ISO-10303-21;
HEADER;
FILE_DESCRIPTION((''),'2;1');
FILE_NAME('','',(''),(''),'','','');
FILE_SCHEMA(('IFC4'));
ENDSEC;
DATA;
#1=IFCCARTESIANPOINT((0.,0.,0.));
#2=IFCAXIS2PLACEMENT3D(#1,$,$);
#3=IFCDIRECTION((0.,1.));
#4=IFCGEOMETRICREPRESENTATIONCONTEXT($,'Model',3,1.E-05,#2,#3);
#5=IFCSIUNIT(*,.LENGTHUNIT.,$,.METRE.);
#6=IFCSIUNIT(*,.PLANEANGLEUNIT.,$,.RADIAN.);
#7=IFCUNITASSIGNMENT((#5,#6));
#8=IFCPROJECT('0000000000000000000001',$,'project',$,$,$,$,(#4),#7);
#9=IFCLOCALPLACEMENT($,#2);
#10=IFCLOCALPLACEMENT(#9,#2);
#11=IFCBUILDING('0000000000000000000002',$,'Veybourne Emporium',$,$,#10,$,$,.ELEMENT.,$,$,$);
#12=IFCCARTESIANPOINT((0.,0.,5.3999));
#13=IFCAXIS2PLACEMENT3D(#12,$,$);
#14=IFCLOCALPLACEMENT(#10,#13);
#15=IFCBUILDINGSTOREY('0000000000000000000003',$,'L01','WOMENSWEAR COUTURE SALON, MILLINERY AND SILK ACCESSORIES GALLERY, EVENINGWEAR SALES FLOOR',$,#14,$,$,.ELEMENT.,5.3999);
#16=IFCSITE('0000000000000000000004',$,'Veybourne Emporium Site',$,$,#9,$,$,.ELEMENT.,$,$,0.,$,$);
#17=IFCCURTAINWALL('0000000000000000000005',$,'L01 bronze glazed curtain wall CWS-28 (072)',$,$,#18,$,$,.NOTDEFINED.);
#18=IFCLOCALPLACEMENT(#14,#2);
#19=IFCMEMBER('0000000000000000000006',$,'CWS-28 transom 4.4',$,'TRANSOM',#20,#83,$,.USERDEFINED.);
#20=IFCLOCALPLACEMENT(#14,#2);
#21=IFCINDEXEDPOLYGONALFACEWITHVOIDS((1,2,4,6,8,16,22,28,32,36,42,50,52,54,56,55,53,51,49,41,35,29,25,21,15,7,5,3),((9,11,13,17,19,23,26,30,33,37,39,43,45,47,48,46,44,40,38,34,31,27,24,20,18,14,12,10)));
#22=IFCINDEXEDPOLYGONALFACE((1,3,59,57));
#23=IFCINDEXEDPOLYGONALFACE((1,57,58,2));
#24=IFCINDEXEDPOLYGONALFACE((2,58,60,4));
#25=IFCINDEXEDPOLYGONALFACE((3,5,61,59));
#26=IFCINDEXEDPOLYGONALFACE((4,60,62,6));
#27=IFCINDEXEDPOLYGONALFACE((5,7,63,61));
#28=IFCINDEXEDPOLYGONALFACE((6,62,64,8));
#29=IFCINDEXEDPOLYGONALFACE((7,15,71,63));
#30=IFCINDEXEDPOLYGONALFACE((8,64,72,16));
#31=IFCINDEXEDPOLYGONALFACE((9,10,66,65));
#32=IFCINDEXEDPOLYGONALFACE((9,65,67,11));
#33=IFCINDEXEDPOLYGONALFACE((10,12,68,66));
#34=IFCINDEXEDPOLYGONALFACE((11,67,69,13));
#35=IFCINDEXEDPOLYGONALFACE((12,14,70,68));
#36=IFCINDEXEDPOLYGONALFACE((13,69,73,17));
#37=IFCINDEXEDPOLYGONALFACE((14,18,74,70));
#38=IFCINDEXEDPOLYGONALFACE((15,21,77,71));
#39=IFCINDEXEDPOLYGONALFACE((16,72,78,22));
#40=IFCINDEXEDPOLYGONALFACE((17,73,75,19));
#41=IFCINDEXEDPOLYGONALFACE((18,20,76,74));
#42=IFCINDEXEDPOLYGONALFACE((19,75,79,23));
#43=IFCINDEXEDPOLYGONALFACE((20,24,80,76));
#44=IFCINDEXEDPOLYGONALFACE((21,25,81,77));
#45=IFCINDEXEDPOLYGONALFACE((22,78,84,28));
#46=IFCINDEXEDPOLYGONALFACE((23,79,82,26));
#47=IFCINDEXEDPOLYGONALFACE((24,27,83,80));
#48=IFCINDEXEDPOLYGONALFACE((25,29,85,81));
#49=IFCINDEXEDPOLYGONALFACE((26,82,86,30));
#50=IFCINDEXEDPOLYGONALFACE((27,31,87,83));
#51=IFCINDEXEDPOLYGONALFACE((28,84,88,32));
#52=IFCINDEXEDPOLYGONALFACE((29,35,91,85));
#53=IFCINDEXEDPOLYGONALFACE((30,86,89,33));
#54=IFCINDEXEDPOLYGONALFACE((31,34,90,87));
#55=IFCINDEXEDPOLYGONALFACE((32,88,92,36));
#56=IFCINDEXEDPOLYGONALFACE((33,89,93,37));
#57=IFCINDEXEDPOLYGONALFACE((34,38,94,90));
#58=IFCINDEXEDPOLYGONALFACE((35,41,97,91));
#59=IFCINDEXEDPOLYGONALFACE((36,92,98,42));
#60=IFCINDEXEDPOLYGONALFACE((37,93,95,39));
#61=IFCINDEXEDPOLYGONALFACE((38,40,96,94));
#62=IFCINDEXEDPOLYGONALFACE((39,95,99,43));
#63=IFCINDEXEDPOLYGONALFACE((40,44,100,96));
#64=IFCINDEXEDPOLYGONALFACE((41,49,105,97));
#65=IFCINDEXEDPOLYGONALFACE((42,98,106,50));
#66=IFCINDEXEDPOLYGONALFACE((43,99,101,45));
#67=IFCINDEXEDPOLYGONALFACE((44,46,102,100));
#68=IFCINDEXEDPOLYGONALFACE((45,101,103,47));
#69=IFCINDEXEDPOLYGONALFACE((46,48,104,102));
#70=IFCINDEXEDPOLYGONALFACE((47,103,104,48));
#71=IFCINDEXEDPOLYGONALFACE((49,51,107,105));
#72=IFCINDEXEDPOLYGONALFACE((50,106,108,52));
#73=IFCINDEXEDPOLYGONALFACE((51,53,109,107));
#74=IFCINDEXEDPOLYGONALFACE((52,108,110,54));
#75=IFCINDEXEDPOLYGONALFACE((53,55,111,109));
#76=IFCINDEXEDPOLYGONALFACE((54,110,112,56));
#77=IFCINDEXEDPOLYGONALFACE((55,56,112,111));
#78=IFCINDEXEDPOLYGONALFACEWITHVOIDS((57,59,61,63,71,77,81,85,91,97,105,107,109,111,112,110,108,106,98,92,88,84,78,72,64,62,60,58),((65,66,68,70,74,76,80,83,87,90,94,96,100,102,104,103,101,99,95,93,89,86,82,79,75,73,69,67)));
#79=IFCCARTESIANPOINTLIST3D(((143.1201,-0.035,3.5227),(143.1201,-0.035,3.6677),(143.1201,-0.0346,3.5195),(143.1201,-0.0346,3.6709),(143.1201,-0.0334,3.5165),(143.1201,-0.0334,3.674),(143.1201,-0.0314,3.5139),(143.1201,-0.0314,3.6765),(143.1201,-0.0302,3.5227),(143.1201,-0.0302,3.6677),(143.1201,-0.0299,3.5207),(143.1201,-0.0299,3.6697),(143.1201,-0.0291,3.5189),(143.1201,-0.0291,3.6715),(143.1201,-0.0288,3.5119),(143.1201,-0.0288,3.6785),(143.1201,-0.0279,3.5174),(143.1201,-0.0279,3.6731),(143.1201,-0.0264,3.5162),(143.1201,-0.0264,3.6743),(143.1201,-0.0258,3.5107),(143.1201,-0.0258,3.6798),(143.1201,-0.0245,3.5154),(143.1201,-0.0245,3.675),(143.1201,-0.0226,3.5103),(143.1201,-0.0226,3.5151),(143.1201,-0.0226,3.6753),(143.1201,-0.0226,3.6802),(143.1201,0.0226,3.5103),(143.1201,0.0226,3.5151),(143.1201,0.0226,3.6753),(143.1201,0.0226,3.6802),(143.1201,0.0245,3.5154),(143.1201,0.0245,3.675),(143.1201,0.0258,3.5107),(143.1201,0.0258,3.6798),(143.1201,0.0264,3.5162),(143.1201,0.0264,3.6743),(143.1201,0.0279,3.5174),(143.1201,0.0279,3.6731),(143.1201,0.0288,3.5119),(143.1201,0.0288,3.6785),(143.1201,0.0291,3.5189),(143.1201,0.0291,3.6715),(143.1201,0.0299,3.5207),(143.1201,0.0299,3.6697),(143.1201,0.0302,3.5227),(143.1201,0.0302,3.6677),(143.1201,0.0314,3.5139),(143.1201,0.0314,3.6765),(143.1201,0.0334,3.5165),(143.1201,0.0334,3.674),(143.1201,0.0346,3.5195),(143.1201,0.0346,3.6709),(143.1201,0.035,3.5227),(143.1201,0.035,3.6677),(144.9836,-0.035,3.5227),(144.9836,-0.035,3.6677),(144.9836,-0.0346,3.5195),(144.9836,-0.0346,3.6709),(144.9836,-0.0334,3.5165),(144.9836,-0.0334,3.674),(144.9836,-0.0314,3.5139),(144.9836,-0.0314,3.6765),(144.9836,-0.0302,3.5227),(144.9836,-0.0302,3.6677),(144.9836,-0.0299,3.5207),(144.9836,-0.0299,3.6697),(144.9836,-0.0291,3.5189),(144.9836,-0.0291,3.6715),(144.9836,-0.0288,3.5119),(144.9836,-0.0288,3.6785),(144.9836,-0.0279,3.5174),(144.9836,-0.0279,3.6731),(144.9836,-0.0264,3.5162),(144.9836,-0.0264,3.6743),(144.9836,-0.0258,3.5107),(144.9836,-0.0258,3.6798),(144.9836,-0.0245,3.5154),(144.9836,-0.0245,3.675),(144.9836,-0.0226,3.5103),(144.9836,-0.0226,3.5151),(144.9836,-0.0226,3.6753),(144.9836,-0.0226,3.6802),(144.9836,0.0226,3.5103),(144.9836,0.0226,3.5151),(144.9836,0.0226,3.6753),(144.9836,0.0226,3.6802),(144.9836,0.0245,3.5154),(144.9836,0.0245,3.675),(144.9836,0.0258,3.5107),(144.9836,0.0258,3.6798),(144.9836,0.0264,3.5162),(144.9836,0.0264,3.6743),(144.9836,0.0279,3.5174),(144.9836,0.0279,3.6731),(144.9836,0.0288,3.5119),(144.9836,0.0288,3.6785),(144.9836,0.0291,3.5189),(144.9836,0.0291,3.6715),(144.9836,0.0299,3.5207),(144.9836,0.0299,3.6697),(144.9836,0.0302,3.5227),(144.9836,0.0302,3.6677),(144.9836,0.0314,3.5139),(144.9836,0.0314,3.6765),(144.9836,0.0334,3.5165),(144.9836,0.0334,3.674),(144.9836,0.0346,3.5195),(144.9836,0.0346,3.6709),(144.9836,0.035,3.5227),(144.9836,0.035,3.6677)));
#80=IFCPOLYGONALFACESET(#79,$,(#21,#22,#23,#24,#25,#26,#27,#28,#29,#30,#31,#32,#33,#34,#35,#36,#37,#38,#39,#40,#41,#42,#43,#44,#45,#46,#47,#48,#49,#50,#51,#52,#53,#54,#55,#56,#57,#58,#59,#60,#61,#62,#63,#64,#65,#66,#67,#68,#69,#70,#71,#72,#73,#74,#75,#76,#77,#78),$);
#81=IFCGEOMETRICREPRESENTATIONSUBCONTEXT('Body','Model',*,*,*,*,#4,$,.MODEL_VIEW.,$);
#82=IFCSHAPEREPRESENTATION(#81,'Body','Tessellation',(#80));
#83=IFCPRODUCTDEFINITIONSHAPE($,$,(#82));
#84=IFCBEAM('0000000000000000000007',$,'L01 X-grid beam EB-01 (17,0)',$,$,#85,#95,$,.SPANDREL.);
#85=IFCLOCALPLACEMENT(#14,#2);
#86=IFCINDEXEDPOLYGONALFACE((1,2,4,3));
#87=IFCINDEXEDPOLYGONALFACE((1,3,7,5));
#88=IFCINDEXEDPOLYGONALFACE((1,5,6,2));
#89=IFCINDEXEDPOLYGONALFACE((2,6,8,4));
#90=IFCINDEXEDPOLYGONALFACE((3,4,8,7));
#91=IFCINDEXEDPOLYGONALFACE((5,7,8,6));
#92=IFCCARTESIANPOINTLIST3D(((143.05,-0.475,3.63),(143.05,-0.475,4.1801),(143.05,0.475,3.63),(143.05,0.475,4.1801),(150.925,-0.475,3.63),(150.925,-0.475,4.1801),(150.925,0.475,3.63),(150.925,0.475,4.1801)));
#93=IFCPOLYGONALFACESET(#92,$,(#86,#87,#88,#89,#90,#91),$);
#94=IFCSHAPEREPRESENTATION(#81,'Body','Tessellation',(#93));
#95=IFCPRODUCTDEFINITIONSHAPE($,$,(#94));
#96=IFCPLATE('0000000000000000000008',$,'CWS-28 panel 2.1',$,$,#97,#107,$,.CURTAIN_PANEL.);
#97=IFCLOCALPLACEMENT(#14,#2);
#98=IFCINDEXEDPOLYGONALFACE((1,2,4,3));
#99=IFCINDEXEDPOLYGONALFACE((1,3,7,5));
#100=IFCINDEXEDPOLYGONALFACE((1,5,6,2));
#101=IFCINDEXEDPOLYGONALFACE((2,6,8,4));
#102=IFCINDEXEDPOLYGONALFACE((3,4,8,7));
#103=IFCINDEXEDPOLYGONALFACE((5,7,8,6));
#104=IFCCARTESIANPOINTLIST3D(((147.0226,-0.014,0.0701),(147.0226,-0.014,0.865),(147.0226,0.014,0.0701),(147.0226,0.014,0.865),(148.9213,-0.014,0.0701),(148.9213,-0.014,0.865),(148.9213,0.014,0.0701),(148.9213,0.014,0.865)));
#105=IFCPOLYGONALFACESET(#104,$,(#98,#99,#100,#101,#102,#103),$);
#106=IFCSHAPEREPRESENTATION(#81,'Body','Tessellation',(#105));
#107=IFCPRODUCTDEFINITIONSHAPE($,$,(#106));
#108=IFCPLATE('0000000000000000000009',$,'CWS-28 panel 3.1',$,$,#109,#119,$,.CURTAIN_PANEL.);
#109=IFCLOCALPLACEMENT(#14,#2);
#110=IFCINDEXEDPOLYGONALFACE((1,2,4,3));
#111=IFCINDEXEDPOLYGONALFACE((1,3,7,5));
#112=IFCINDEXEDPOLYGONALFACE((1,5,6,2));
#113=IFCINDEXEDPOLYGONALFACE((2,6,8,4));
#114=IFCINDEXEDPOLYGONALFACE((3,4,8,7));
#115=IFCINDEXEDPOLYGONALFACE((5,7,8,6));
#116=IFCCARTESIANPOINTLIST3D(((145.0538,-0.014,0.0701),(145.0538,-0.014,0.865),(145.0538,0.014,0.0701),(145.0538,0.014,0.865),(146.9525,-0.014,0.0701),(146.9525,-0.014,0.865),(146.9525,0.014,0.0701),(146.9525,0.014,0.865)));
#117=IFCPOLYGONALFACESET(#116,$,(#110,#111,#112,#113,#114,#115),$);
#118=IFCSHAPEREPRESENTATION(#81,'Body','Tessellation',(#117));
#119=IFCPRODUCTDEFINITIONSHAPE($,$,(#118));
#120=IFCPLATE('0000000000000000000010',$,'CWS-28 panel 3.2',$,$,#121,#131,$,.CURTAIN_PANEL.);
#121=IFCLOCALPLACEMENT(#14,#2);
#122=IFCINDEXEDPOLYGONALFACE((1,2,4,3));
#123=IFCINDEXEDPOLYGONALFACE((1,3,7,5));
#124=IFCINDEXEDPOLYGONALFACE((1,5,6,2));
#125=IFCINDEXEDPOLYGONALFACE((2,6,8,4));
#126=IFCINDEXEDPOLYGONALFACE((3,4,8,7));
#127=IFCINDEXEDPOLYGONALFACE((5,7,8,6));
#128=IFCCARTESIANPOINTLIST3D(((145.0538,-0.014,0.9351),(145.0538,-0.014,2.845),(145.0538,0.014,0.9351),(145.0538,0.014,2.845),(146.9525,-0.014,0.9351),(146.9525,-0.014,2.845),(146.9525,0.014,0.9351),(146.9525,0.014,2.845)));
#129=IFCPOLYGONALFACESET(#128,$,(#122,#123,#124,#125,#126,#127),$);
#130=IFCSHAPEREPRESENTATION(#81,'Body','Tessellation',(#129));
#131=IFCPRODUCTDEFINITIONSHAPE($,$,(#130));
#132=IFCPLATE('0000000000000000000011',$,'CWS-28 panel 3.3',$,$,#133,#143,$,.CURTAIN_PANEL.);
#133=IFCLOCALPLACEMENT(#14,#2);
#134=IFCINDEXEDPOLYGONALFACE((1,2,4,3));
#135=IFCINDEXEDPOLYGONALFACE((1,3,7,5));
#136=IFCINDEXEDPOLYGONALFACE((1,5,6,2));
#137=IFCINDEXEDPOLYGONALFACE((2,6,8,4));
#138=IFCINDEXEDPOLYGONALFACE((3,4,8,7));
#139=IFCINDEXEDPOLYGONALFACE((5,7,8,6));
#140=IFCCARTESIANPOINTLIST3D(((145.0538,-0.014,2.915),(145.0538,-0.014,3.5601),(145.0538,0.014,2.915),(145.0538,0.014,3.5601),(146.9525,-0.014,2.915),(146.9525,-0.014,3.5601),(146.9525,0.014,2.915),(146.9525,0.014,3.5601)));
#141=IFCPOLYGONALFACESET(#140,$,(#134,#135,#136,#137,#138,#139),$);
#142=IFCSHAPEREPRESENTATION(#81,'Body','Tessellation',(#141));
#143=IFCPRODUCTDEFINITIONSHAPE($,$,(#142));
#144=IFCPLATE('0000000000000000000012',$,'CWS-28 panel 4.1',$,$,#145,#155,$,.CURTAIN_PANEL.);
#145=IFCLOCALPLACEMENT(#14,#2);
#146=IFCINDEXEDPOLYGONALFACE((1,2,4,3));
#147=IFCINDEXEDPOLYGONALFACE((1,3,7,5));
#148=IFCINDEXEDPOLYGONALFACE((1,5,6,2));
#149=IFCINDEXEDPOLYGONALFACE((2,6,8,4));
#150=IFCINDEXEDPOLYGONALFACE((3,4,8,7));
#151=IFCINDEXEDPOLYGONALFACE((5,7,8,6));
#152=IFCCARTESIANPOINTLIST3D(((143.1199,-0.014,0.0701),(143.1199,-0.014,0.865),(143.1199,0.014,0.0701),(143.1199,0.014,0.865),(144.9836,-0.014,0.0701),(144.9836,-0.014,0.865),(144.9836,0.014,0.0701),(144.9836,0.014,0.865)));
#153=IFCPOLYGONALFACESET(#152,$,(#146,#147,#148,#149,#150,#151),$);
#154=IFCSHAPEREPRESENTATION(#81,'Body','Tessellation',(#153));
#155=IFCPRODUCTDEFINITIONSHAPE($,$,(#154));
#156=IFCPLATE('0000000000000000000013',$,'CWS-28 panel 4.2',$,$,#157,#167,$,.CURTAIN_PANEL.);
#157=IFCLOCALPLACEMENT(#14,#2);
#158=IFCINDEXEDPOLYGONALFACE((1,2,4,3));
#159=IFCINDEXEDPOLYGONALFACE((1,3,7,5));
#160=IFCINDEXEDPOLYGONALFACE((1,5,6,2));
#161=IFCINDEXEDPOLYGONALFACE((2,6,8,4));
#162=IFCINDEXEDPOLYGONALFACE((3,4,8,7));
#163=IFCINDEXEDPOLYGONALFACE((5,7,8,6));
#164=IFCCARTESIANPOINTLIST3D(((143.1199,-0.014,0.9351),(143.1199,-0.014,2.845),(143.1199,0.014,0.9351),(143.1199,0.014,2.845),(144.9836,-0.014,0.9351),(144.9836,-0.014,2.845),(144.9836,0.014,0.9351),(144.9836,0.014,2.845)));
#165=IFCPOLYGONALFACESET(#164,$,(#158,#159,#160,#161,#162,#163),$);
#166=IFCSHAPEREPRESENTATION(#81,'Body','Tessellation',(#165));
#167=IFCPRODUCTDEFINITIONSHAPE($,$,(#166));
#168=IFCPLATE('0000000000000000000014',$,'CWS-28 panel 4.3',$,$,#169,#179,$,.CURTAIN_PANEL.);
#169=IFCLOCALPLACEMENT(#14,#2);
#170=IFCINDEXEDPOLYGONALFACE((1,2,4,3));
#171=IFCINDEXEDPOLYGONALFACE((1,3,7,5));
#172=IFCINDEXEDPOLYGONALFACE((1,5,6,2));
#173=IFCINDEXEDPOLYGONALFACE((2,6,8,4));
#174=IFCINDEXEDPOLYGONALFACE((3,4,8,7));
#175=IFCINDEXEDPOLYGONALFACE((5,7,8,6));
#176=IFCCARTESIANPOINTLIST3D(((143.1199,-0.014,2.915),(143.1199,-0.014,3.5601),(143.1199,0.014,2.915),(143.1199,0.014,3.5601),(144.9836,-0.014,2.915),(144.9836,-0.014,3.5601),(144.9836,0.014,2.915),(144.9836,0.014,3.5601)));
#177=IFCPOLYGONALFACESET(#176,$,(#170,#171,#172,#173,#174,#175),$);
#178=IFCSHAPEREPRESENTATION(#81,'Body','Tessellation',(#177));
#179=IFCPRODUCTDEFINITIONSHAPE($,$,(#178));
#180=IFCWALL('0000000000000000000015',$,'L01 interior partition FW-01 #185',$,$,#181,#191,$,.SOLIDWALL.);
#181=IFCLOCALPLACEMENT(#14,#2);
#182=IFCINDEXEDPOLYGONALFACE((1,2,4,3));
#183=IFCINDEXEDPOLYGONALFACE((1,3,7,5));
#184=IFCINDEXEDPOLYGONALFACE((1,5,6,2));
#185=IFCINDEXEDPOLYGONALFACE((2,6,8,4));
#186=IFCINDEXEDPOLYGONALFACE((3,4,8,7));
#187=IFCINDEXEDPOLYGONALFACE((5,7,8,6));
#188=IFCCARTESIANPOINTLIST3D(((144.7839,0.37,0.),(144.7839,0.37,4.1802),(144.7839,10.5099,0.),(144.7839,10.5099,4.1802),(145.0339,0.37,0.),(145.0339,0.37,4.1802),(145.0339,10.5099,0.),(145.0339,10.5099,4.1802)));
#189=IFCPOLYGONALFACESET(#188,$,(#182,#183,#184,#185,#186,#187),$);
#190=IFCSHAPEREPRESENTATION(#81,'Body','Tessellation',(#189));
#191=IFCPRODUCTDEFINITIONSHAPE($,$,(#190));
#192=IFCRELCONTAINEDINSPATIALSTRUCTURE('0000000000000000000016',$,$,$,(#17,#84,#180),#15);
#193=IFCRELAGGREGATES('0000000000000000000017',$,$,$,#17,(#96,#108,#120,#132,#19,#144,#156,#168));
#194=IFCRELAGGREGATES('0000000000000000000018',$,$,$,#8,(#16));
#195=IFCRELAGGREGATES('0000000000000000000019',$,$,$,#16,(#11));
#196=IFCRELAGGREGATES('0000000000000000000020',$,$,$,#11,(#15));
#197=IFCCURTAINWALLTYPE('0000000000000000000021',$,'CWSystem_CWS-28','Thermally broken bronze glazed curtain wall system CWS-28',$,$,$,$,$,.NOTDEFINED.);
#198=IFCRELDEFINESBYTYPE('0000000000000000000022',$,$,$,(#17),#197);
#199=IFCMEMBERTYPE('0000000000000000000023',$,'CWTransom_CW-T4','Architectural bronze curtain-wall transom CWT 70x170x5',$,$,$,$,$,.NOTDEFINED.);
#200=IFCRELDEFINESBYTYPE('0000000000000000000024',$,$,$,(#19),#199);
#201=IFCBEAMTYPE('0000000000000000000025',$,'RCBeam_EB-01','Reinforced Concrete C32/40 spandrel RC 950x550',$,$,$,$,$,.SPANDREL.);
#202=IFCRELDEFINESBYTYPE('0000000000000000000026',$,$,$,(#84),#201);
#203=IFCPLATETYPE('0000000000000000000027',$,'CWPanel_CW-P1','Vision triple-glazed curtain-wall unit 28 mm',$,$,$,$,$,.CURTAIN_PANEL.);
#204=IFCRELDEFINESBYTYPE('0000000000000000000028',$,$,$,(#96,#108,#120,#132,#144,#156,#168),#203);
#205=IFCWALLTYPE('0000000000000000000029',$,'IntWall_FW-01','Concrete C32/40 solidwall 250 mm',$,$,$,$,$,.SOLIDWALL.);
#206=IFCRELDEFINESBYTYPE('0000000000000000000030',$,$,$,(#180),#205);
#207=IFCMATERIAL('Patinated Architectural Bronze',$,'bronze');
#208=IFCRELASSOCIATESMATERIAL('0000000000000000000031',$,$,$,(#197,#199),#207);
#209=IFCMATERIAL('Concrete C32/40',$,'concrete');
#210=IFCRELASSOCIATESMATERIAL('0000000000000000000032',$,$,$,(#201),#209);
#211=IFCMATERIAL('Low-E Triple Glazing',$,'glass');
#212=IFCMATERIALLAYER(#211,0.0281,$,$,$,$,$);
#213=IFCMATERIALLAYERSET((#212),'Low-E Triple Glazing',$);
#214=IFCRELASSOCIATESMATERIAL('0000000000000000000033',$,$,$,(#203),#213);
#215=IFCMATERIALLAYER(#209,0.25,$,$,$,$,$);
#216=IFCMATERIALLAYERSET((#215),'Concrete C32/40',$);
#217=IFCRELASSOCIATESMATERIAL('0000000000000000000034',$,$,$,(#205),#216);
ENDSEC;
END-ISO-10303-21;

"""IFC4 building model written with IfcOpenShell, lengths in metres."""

from ifc_helpers import new_model, si_unit, direction, frame, frame_2d, origin, origin_2d, place, context, subcontext, project, spatial, rectangle, hollow_rectangle, extrude, material, layer, layer_set, material_profile, profile_set, type_object, element, aggregate, save


model = new_model("IFC4")

# Units and contexts
model_context = context("Model", 3, precision=1e-05, world=origin(), true_north=direction((0.0, 1.0)))
body_context = subcontext(model_context, "Body", "Model", "MODEL_VIEW")
ifc_project = project(units=[si_unit("LENGTHUNIT", "METRE"), si_unit("PLANEANGLEUNIT", "RADIAN")], contexts=[model_context])

# Site, building, storey
site_placement = place(None, origin())
site = spatial("IfcSite", under=ifc_project, at=site_placement, Name="Veybourne Emporium Site", CompositionType="ELEMENT", RefElevation=0.0)
building_placement = place(site_placement, origin())
building = spatial("IfcBuilding", under=site, at=building_placement, Name="Veybourne Emporium", CompositionType="ELEMENT")
storey_placement = place(building_placement, frame((0.0, 0.0, 5.3999)))
storey = spatial("IfcBuildingStorey", under=building, at=storey_placement, Name="L01", Description="WOMENSWEAR COUTURE SALON, MILLINERY AND SILK ACCESSORIES GALLERY, EVENINGWEAR SALES FLOOR", CompositionType="ELEMENT", Elevation=5.3999)

# Curtain wall, member
ifc_material_1 = material(Name="Patinated Architectural Bronze", Category="bronze")
curtain_wall_type = type_object("IfcCurtainWallType", Name="CWSystem_CWS-28", Description="Thermally broken bronze glazed curtain wall system CWS-28", PredefinedType="NOTDEFINED", material=ifc_material_1)
curtain_wall_placement = place(storey_placement, origin())
curtain_wall = element("IfcCurtainWall", 1, at=curtain_wall_placement, inside=storey, type_object=curtain_wall_type, Name="L01 bronze glazed curtain wall CWS-28 (072)", PredefinedType="NOTDEFINED")
ifc_material_profile_1 = material_profile(ifc_material_1, hollow_rectangle(XDim=0.0701, YDim=0.1699, WallThickness=0.0049, InnerFilletRadius=0.0076, OuterFilletRadius=0.0125, at=origin_2d()), Name="CWT 70x170x5")
ifc_profile_set_1 = profile_set([ifc_material_profile_1], Name="Patinated Architectural Bronze")
member_type_1 = type_object("IfcMemberType", Name="CWTransom_CW-T4", Description="Architectural bronze curtain-wall transom CWT 70x170x5", PredefinedType="NOTDEFINED", material=ifc_profile_set_1)
member_1_placement = place(storey_placement, frame((144.9836, 0.0, 3.5952), z_axis=(-1.0, 0.0, 0.0), x_axis=(0.0, -1.0, 0.0)))
member_1 = element("IfcMember", 2, at=member_1_placement, type_object=member_type_1, Name="CWS-28 transom 4.4", ObjectType="TRANSOM", PredefinedType="USERDEFINED", context=body_context, shape_type="SweptSolid", body=[
    extrude(hollow_rectangle(XDim=0.0701, YDim=0.1699, WallThickness=0.0049, InnerFilletRadius=0.0076, OuterFilletRadius=0.0125, at=origin_2d()), origin(), (0.0, 0.0, 1.0), 1.8635),
])

# Beam
ifc_material_2 = material(Name="Concrete C32/40", Category="concrete")
ifc_material_profile_2 = material_profile(ifc_material_2, rectangle(XDim=0.95, YDim=0.55, at=origin_2d()), Name="RC 950x550")
ifc_profile_set_2 = profile_set([ifc_material_profile_2], Name="Concrete C32/40")
beam_type = type_object("IfcBeamType", Name="RCBeam_EB-01", Description="Reinforced Concrete C32/40 spandrel RC 950x550", PredefinedType="SPANDREL", material=ifc_profile_set_2)
beam_placement = place(storey_placement, frame((143.05, 0.0, 3.905), z_axis=(1.0, 0.0, 0.0), x_axis=(0.0, 1.0, 0.0)))
element("IfcBeam", 3, at=beam_placement, inside=storey, type_object=beam_type, Name="L01 X-grid beam EB-01 (17,0)", PredefinedType="SPANDREL", context=body_context, shape_type="SweptSolid", body=[
    extrude(rectangle(XDim=0.95, YDim=0.55, at=origin_2d()), origin(), (0.0, 0.0, 1.0), 7.875),
])

# Plates
ifc_material_3 = material(Name="Low-E Triple Glazing", Category="glass")
ifc_layer_1 = layer(ifc_material_3, 0.0281)
ifc_layer_set_1 = layer_set([ifc_layer_1], Name="Low-E Triple Glazing")
plate_type = type_object("IfcPlateType", Name="CWPanel_CW-P1", Description="Vision triple-glazed curtain-wall unit 28 mm", PredefinedType="CURTAIN_PANEL", material=ifc_layer_set_1)
plate_1_placement = place(storey_placement, frame((147.9719, 0.0, 0.0701), z_axis=(0.0, 0.0, 1.0), x_axis=(-1.0, 0.0, 0.0)))
plate_1 = element("IfcPlate", 4, at=plate_1_placement, type_object=plate_type, Name="CWS-28 panel 2.1", PredefinedType="CURTAIN_PANEL", context=body_context, shape_type="SweptSolid", body=[
    extrude(rectangle(XDim=1.8987, YDim=0.0281, at=origin_2d()), origin(), (0.0, 0.0, 1.0), 0.7949),
])
plate_2_placement = place(storey_placement, frame((146.0032, 0.0, 0.0701), z_axis=(0.0, 0.0, 1.0), x_axis=(-1.0, 0.0, 0.0)))
plate_2 = element("IfcPlate", 5, at=plate_2_placement, type_object=plate_type, Name="CWS-28 panel 3.1", PredefinedType="CURTAIN_PANEL", context=body_context, shape_type="SweptSolid", body=[
    extrude(rectangle(XDim=1.8987, YDim=0.0281, at=origin_2d()), origin(), (0.0, 0.0, 1.0), 0.7949),
])
plate_3_placement = place(storey_placement, frame((146.0032, 0.0, 0.9351), z_axis=(0.0, 0.0, 1.0), x_axis=(-1.0, 0.0, 0.0)))
plate_3 = element("IfcPlate", 6, at=plate_3_placement, type_object=plate_type, Name="CWS-28 panel 3.2", PredefinedType="CURTAIN_PANEL", context=body_context, shape_type="SweptSolid", body=[
    extrude(rectangle(XDim=1.8987, YDim=0.0281, at=origin_2d()), origin(), (0.0, 0.0, 1.0), 1.9099),
])
plate_4_placement = place(storey_placement, frame((146.0032, 0.0, 2.915), z_axis=(0.0, 0.0, 1.0), x_axis=(-1.0, 0.0, 0.0)))
plate_4 = element("IfcPlate", 7, at=plate_4_placement, type_object=plate_type, Name="CWS-28 panel 3.3", PredefinedType="CURTAIN_PANEL", context=body_context, shape_type="SweptSolid", body=[
    extrude(rectangle(XDim=1.8987, YDim=0.0281, at=origin_2d()), origin(), (0.0, 0.0, 1.0), 0.645),
])
plate_5_placement = place(storey_placement, frame((144.0518, 0.0, 0.0701), z_axis=(0.0, 0.0, 1.0), x_axis=(-1.0, 0.0, 0.0)))
plate_5 = element("IfcPlate", 8, at=plate_5_placement, type_object=plate_type, Name="CWS-28 panel 4.1", PredefinedType="CURTAIN_PANEL", context=body_context, shape_type="SweptSolid", body=[
    extrude(rectangle(XDim=1.8638, YDim=0.0281, at=origin_2d()), origin(), (0.0, 0.0, 1.0), 0.7949),
])
plate_6_placement = place(storey_placement, frame((144.0518, 0.0, 0.9351), z_axis=(0.0, 0.0, 1.0), x_axis=(-1.0, 0.0, 0.0)))
plate_6 = element("IfcPlate", 9, at=plate_6_placement, type_object=plate_type, Name="CWS-28 panel 4.2", PredefinedType="CURTAIN_PANEL", context=body_context, shape_type="SweptSolid", body=[
    extrude(rectangle(XDim=1.8638, YDim=0.0281, at=origin_2d()), origin(), (0.0, 0.0, 1.0), 1.9099),
])
plate_7_placement = place(storey_placement, frame((144.0518, 0.0, 2.915), z_axis=(0.0, 0.0, 1.0), x_axis=(-1.0, 0.0, 0.0)))
plate_7 = element("IfcPlate", 10, at=plate_7_placement, type_object=plate_type, Name="CWS-28 panel 4.3", PredefinedType="CURTAIN_PANEL", context=body_context, shape_type="SweptSolid", body=[
    extrude(rectangle(XDim=1.8638, YDim=0.0281, at=origin_2d()), origin(), (0.0, 0.0, 1.0), 0.645),
])
aggregate(curtain_wall, [plate_1, plate_2, plate_3, plate_4, member_1, plate_5, plate_6, plate_7])

# Wall
ifc_layer_2 = layer(ifc_material_2, 0.25)
ifc_layer_set_2 = layer_set([ifc_layer_2], Name="Concrete C32/40")
wall_type = type_object("IfcWallType", Name="IntWall_FW-01", Description="Concrete C32/40 solidwall 250 mm", PredefinedType="SOLIDWALL", material=ifc_layer_set_2)
wall_placement = place(storey_placement, frame((144.9089, 0.3701, 0.0), z_axis=(0.0, 0.0, 1.0), x_axis=(0.0, 1.0, 0.0)))
element("IfcWall", 11, at=wall_placement, inside=storey, type_object=wall_type, Name="L01 interior partition FW-01 #185", PredefinedType="SOLIDWALL", context=body_context, shape_type="SweptSolid", body=[
    extrude(rectangle(XDim=10.1399, YDim=0.25, at=frame_2d((5.0698, 0.0))), origin(), (0.0, 0.0, 1.0), 4.1802),
])

save(model, "model.ifc")
